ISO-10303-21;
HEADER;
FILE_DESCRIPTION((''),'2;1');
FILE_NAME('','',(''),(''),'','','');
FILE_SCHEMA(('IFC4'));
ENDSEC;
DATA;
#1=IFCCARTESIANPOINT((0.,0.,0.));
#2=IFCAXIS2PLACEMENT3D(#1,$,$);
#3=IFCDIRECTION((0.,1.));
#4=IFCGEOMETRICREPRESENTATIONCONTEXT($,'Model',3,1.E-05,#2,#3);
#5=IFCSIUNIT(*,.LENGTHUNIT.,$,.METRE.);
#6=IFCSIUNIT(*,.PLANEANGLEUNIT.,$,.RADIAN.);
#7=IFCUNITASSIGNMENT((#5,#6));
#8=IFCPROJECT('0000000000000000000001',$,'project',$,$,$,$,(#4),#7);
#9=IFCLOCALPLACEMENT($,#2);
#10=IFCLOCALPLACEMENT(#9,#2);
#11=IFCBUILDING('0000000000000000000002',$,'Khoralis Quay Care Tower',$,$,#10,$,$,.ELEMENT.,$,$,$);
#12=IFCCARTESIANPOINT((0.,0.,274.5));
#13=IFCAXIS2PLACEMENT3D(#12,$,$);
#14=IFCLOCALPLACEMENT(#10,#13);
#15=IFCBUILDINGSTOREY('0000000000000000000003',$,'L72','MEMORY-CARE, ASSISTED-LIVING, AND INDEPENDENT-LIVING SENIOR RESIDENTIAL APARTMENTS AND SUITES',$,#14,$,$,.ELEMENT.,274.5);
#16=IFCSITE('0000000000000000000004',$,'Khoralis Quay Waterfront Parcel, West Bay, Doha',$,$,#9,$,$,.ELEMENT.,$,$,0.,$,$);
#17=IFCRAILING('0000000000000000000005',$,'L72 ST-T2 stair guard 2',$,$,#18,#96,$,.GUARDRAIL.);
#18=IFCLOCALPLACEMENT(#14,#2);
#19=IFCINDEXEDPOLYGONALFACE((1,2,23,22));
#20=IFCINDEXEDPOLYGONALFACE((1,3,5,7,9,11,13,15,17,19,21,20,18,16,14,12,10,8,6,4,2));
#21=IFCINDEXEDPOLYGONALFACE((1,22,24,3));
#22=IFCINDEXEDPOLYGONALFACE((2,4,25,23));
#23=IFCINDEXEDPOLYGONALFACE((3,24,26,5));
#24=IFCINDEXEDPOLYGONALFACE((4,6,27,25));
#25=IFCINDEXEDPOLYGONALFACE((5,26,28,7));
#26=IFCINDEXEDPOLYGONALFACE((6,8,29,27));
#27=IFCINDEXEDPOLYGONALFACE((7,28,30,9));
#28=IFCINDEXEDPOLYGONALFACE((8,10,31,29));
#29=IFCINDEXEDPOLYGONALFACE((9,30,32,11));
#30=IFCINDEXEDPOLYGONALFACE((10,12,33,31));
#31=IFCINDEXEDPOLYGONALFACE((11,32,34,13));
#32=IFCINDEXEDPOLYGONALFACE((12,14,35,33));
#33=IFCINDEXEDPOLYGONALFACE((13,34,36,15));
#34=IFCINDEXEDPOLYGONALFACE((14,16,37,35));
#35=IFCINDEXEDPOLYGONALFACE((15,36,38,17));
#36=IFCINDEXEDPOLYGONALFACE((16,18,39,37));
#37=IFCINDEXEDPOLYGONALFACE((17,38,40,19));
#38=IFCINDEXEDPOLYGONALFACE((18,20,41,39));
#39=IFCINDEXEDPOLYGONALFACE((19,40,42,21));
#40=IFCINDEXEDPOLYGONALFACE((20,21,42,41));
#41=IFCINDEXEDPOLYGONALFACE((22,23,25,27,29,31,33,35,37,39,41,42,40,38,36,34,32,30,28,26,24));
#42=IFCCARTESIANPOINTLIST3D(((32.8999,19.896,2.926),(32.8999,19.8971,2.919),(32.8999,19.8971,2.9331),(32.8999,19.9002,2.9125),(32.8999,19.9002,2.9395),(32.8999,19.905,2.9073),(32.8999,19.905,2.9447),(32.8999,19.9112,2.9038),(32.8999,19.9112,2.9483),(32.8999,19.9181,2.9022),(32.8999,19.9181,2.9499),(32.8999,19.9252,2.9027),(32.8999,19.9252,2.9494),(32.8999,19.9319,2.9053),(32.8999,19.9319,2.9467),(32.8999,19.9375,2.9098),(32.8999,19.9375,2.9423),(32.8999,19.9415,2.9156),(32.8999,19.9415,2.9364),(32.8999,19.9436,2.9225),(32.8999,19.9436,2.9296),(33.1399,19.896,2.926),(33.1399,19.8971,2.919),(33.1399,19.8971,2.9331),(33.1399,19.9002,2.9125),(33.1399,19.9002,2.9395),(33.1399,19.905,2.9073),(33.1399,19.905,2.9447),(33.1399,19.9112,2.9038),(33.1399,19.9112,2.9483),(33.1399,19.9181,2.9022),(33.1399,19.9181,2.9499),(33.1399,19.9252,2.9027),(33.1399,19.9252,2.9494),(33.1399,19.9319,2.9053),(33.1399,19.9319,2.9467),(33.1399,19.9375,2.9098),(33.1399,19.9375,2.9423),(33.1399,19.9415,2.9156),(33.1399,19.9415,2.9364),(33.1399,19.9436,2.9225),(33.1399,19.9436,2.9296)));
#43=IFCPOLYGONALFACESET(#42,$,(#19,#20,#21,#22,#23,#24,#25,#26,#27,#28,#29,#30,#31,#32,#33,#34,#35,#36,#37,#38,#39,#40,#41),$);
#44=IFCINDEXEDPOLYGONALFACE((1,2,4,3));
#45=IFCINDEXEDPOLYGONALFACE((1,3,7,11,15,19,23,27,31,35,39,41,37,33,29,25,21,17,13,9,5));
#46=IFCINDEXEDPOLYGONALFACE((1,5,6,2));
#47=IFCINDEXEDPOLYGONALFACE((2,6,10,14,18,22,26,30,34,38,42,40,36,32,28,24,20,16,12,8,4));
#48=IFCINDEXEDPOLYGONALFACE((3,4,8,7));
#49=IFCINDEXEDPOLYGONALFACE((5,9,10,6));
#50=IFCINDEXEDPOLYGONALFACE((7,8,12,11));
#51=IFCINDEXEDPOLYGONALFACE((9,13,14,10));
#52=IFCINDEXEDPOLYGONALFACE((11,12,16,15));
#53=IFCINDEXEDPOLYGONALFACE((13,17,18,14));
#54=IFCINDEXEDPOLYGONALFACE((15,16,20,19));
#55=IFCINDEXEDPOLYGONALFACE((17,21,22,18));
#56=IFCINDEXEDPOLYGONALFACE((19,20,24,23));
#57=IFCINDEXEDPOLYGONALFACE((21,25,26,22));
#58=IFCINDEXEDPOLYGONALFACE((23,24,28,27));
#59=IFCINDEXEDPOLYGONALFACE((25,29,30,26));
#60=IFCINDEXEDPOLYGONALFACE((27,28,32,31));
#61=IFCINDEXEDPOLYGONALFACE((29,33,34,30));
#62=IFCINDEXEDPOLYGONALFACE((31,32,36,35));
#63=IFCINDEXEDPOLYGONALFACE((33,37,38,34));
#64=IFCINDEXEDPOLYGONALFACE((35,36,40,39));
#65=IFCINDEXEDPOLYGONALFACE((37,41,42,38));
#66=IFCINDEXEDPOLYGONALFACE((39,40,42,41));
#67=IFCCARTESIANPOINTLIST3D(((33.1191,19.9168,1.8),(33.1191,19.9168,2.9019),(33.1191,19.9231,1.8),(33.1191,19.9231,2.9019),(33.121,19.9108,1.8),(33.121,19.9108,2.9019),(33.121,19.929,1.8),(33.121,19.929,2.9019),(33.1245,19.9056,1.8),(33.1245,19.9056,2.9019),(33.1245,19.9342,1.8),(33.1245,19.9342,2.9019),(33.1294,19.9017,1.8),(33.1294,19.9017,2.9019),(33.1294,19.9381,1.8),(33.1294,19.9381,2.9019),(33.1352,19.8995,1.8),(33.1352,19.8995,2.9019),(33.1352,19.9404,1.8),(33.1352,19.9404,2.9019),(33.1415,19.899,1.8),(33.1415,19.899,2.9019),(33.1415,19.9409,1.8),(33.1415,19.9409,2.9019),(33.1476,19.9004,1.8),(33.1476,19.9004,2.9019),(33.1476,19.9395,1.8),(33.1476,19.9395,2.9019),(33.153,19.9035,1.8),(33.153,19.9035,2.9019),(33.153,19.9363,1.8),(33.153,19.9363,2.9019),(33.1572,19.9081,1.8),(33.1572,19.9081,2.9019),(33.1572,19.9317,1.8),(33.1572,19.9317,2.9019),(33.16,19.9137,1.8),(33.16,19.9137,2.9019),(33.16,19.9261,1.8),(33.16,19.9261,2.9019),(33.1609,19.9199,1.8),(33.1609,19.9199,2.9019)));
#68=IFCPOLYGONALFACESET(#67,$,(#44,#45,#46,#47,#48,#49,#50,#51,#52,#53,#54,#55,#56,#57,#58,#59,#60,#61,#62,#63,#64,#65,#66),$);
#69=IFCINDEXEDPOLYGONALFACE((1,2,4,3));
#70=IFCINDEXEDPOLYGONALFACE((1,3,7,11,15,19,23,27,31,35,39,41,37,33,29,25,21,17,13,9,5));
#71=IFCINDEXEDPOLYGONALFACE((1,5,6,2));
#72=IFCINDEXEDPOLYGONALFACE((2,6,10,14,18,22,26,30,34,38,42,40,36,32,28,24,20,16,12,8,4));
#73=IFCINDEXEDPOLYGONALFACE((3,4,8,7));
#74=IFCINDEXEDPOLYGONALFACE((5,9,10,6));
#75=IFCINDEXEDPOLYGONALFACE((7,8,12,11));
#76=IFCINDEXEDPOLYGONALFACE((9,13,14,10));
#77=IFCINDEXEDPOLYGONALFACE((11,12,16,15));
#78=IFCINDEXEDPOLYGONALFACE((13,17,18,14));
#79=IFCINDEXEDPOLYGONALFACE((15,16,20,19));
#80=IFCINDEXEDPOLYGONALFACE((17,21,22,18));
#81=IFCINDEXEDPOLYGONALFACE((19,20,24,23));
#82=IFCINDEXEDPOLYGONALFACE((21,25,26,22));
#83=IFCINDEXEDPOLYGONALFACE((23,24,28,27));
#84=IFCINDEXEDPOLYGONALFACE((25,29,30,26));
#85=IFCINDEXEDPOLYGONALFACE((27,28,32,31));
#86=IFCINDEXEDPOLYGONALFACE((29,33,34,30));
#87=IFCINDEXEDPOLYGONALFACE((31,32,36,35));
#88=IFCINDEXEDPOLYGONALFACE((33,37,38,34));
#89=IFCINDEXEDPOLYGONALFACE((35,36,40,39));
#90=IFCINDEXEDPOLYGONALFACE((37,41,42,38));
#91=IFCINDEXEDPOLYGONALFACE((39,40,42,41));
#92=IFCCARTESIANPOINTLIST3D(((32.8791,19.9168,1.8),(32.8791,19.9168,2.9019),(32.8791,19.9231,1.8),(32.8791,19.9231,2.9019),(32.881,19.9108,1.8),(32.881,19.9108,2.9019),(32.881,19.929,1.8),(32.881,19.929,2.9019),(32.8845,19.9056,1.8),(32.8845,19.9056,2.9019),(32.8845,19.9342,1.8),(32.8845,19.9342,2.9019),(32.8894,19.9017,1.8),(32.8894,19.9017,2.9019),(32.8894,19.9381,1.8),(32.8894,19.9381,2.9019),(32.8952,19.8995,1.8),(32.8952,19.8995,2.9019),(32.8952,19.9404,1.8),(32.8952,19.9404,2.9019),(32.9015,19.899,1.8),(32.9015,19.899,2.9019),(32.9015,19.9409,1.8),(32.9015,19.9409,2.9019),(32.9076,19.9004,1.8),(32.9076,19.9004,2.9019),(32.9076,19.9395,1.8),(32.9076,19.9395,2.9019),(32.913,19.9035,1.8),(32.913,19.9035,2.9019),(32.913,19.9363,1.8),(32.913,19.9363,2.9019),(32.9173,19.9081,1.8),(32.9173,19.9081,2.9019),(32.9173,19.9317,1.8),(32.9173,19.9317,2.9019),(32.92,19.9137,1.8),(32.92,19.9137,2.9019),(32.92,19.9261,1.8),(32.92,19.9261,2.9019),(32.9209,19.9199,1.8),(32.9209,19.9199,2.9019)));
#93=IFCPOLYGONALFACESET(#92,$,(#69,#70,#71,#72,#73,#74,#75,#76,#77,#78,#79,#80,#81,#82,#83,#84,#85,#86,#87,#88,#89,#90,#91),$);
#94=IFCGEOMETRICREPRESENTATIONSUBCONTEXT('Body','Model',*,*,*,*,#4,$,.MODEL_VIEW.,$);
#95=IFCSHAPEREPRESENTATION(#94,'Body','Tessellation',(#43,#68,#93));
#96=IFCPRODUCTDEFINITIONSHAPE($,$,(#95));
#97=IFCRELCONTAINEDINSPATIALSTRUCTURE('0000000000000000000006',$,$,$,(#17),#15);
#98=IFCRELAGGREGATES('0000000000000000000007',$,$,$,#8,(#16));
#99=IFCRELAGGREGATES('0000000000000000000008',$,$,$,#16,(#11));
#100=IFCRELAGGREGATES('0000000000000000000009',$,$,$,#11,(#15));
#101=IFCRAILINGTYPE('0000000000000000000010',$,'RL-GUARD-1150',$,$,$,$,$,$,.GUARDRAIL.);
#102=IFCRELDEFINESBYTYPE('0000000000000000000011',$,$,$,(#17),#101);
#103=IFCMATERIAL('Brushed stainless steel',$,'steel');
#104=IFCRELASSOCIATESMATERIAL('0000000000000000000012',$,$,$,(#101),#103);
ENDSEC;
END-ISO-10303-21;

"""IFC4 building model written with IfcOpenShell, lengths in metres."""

from ifc_helpers import new_model, si_unit, direction, frame, origin, origin_2d, place, context, subcontext, project, spatial, circle, extrude, material, type_object, element, save


model = new_model("IFC4")

# Units and contexts
model_context = context("Model", 3, precision=1e-05, world=origin(), true_north=direction((0.0, 1.0)))
body_context = subcontext(model_context, "Body", "Model", "MODEL_VIEW")
ifc_project = project(units=[si_unit("LENGTHUNIT", "METRE"), si_unit("PLANEANGLEUNIT", "RADIAN")], contexts=[model_context])

# Site, building, storey
site_placement = place(None, origin())
site = spatial("IfcSite", under=ifc_project, at=site_placement, Name="Khoralis Quay Waterfront Parcel, West Bay, Doha", CompositionType="ELEMENT", RefElevation=0.0)
building_placement = place(site_placement, origin())
building = spatial("IfcBuilding", under=site, at=building_placement, Name="Khoralis Quay Care Tower", CompositionType="ELEMENT")
storey_placement = place(building_placement, frame((0.0, 0.0, 274.5)))
storey = spatial("IfcBuildingStorey", under=building, at=storey_placement, Name="L72", Description="MEMORY-CARE, ASSISTED-LIVING, AND INDEPENDENT-LIVING SENIOR RESIDENTIAL APARTMENTS AND SUITES", CompositionType="ELEMENT", Elevation=274.5)

# Shared definitions
ifc_material_1 = material(Name="Brushed stainless steel", Category="steel")

# Railing
railing_type_1 = type_object("IfcRailingType", Name="RL-GUARD-1150", PredefinedType="GUARDRAIL", material=ifc_material_1)
railing_1_placement = place(storey_placement, frame((33.1399, 19.9199, 1.8)))
element("IfcRailing", 1, at=railing_1_placement, inside=storey, type_object=railing_type_1, Name="L72 ST-T2 stair guard 2", PredefinedType="GUARDRAIL", context=body_context, shape_type="SweptSolid", body=[
    extrude(circle(Radius=0.0239, at=origin_2d()), frame((0.0, 0.0, 1.126), z_axis=(-1.0, 0.0, 0.0), x_axis=(0.0, -1.0, 0.0)), (0.0, 0.0, 1.0), 0.24),
    extrude(circle(Radius=0.021, at=origin_2d()), origin(), (0.0, 0.0, 1.0), 1.1018),
    extrude(circle(Radius=0.021, at=origin_2d()), frame((-0.24, 0.0, 0.0)), (0.0, 0.0, 1.0), 1.1018),
])

save(model, "model.ifc")
